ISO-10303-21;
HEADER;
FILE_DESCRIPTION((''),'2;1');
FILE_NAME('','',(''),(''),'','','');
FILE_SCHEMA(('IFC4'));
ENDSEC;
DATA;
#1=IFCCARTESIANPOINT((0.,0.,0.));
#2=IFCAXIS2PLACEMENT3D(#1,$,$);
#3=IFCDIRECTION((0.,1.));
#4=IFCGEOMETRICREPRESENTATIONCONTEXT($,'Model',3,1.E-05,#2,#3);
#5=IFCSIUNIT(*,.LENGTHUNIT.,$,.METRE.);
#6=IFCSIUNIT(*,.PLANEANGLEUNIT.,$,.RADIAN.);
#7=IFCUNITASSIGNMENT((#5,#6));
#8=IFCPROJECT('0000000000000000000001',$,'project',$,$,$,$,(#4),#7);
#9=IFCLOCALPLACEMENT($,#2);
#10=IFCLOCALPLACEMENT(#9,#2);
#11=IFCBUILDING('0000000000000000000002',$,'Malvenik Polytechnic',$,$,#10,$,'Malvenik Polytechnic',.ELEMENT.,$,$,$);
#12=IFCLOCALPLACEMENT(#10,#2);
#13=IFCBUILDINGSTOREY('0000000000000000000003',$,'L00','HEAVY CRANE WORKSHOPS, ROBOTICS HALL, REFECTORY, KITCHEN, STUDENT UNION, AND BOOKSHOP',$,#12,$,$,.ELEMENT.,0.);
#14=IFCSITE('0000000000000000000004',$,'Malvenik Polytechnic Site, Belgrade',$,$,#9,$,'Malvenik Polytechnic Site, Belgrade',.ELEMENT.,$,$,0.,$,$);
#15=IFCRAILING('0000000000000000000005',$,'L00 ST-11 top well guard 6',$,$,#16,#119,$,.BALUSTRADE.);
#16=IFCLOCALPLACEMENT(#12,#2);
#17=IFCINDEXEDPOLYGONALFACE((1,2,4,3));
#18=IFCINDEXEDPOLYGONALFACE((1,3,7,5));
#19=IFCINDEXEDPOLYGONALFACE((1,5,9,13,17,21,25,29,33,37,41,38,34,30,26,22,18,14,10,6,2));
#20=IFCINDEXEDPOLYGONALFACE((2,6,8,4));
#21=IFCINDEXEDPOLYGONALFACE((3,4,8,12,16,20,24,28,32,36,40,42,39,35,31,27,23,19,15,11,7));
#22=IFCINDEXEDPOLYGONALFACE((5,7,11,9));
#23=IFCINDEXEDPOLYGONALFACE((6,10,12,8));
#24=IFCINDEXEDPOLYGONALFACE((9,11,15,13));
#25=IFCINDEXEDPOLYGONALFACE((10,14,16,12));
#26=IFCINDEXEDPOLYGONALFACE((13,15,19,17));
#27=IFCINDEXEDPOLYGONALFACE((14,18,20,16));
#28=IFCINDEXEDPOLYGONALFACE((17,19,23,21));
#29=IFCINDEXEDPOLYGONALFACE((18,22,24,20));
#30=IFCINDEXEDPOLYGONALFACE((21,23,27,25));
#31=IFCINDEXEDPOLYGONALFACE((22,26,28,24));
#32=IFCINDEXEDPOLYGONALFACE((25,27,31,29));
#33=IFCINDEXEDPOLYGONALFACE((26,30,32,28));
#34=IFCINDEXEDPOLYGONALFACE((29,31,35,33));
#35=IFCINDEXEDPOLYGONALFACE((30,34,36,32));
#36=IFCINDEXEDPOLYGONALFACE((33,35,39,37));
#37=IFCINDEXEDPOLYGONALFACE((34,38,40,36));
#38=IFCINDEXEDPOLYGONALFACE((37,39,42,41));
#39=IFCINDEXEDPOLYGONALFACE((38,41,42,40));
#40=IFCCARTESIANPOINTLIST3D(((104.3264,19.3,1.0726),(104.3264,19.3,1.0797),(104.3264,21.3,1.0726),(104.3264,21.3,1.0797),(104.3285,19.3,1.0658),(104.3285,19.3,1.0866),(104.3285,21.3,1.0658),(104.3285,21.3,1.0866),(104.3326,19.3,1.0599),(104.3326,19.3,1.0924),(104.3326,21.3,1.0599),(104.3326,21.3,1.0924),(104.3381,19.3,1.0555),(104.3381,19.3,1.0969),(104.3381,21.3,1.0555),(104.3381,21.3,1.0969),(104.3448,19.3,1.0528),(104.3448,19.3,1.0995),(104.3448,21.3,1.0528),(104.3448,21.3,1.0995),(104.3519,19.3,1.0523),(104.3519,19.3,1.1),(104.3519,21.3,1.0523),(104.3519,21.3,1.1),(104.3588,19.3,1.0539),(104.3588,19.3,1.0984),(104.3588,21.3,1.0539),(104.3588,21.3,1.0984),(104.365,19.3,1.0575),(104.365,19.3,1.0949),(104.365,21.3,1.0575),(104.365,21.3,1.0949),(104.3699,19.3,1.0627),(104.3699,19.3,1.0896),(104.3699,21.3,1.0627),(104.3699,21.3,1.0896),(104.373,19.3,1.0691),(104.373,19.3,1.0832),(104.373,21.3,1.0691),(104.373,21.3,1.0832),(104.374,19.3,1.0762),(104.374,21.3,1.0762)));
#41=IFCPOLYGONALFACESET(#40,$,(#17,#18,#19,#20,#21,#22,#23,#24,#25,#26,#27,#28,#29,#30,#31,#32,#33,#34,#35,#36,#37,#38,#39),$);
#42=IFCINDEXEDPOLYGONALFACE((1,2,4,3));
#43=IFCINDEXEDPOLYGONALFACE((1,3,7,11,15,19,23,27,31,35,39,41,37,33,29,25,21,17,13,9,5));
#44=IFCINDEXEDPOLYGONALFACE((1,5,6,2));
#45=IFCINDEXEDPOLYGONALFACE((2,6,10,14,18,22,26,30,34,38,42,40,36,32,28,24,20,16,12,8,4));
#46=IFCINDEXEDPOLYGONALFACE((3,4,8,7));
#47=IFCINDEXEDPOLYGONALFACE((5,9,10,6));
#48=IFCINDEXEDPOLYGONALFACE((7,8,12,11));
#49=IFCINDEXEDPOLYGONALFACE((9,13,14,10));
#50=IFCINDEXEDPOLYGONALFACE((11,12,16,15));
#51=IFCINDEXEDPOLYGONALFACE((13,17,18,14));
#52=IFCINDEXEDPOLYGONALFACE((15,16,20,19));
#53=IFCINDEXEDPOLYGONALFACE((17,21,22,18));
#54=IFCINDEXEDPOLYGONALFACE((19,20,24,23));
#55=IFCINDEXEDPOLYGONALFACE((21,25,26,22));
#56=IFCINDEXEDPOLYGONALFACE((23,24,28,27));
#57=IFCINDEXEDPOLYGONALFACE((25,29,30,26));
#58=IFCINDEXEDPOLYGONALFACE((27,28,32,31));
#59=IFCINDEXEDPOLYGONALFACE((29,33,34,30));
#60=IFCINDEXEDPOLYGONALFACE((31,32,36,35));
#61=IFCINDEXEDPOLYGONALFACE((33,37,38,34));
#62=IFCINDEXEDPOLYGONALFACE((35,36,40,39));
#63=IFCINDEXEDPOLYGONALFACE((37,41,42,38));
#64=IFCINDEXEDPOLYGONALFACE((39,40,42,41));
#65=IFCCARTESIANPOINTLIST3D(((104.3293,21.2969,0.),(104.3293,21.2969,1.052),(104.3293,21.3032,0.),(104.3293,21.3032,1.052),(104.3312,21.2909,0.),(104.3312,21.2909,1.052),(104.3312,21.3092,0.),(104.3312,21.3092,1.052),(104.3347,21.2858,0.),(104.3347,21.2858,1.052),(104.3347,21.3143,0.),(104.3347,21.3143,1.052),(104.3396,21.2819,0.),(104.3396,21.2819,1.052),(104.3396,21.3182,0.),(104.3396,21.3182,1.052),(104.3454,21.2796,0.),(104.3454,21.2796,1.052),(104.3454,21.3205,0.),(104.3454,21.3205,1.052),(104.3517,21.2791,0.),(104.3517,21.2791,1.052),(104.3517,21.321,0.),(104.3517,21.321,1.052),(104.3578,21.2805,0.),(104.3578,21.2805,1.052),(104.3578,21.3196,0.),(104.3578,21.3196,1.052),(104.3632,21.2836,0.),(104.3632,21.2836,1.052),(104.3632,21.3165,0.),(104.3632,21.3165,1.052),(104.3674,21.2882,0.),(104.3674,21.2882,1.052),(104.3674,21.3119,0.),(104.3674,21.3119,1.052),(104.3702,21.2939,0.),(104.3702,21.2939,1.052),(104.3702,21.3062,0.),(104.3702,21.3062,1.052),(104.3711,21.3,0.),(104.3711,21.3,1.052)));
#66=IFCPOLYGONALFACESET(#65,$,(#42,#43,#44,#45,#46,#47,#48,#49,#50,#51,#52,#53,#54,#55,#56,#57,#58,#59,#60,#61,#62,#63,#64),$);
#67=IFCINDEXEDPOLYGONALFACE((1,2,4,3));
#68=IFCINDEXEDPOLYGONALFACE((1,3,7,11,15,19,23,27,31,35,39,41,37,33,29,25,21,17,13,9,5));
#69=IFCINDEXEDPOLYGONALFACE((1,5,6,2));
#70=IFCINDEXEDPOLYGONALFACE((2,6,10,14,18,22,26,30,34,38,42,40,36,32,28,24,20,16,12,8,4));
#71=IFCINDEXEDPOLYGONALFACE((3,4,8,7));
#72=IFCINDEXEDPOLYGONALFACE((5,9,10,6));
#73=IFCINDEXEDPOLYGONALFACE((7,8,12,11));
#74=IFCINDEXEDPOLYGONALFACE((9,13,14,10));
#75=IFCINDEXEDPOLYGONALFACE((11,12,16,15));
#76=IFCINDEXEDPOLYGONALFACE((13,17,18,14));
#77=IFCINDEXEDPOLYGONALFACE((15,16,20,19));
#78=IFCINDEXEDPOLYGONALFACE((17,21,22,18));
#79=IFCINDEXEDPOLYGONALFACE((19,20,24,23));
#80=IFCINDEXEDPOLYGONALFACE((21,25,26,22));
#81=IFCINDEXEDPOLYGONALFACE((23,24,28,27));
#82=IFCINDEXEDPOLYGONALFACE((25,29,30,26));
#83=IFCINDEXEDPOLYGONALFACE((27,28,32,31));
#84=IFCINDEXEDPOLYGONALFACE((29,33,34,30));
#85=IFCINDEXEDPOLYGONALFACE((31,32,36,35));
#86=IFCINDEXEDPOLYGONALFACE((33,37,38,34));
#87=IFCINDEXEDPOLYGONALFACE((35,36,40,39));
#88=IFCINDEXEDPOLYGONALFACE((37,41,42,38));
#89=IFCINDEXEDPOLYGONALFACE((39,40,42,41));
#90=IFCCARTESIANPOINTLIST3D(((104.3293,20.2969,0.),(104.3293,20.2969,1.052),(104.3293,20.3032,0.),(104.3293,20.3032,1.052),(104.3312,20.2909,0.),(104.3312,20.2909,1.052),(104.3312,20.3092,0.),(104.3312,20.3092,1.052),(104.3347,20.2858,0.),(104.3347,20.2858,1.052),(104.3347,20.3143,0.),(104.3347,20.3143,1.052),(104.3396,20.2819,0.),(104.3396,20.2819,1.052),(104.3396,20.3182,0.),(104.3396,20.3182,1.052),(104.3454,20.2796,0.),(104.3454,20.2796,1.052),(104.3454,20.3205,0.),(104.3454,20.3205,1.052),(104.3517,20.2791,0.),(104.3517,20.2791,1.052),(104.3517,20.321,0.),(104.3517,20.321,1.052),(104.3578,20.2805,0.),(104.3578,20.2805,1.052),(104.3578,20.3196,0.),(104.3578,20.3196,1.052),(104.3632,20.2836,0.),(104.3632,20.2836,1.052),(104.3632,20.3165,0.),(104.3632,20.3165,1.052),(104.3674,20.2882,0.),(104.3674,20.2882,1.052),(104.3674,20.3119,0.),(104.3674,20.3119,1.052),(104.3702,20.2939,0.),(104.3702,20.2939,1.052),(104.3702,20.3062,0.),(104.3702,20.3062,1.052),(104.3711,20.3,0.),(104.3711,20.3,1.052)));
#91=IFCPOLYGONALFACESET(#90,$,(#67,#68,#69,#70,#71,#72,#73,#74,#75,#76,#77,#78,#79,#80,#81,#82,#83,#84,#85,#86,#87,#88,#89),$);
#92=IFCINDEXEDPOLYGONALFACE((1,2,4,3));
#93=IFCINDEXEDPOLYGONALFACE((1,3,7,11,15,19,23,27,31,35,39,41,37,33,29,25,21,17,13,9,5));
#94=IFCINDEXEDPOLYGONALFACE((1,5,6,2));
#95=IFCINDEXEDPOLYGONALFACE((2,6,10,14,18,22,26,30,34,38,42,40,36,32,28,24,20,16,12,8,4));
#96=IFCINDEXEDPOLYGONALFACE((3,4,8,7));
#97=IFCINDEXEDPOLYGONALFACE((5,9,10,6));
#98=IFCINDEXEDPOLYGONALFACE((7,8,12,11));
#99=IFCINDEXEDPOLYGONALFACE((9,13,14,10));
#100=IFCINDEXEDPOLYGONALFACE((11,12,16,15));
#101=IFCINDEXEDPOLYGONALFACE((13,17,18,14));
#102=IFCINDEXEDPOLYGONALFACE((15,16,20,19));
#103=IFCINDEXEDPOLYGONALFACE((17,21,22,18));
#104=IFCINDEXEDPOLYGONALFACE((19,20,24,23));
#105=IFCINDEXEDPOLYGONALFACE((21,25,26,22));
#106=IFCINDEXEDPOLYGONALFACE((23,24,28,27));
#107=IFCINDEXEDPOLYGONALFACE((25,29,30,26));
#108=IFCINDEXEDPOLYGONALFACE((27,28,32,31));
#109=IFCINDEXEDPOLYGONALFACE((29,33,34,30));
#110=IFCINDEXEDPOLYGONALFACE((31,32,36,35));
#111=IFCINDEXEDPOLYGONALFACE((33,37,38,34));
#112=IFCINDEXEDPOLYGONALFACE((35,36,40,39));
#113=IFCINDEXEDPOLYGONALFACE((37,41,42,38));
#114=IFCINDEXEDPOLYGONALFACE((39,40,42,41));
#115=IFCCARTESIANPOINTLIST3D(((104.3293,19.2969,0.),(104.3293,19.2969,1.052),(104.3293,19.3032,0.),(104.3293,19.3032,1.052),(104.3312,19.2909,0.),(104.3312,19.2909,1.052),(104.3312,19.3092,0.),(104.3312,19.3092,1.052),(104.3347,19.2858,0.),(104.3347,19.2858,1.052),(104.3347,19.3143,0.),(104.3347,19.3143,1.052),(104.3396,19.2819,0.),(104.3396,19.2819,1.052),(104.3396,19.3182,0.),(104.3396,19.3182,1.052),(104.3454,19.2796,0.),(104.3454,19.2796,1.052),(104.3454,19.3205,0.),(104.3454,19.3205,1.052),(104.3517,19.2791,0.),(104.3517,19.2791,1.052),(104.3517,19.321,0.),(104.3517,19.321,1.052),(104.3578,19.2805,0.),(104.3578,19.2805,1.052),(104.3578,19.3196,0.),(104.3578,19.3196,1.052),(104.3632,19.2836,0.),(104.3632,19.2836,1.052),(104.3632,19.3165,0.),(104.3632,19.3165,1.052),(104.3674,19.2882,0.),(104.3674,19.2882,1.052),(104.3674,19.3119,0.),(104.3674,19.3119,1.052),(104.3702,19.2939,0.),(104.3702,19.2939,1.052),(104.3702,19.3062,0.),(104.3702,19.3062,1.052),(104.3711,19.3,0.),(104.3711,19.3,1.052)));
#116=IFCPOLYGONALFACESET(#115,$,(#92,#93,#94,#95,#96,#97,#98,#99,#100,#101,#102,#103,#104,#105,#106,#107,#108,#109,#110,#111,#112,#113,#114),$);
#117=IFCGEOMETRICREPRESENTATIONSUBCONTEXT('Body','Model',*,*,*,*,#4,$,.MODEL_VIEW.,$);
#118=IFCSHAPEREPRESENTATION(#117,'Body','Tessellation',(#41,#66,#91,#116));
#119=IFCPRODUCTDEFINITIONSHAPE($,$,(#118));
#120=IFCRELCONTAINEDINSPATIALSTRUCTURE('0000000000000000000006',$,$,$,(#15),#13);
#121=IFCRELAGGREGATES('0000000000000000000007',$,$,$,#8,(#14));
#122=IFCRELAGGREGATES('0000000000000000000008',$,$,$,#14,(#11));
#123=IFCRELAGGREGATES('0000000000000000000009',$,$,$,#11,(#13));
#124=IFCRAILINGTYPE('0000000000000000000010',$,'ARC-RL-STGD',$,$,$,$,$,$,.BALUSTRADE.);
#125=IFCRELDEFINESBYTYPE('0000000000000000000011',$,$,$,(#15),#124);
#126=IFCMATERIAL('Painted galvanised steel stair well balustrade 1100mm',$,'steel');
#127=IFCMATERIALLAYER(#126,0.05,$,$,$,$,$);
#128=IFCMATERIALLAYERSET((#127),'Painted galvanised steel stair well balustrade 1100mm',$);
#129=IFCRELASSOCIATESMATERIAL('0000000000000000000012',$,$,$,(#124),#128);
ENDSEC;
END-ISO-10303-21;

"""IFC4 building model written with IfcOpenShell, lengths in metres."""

from ifc_helpers import new_model, si_unit, direction, frame, origin, origin_2d, place, context, subcontext, project, spatial, circle, extrude, material, layer, layer_set, type_object, element, save


model = new_model("IFC4")

# Units and contexts
model_context = context("Model", 3, precision=1e-05, world=origin(), true_north=direction((0.0, 1.0)))
body_context = subcontext(model_context, "Body", "Model", "MODEL_VIEW")
ifc_project = project(units=[si_unit("LENGTHUNIT", "METRE"), si_unit("PLANEANGLEUNIT", "RADIAN")], contexts=[model_context])

# Site, building, storey
site_placement = place(None, origin())
site = spatial("IfcSite", under=ifc_project, at=site_placement, Name="Malvenik Polytechnic Site, Belgrade", LongName="Malvenik Polytechnic Site, Belgrade", CompositionType="ELEMENT", RefElevation=0.0)
building_placement = place(site_placement, origin())
building = spatial("IfcBuilding", under=site, at=building_placement, Name="Malvenik Polytechnic", LongName="Malvenik Polytechnic", CompositionType="ELEMENT")
storey_placement = place(building_placement, origin())
storey = spatial("IfcBuildingStorey", under=building, at=storey_placement, Name="L00", Description="HEAVY CRANE WORKSHOPS, ROBOTICS HALL, REFECTORY, KITCHEN, STUDENT UNION, AND BOOKSHOP", CompositionType="ELEMENT", Elevation=0.0)

# Railing
ifc_material_1 = material(Name="Painted galvanised steel stair well balustrade 1100mm", Category="steel")
ifc_layer_1 = layer(ifc_material_1, 0.05)
ifc_layer_set_1 = layer_set([ifc_layer_1], Name="Painted galvanised steel stair well balustrade 1100mm")
railing_type_1 = type_object("IfcRailingType", Name="ARC-RL-STGD", PredefinedType="BALUSTRADE", material=ifc_layer_set_1)
railing_1_placement = place(storey_placement, frame((104.3501, 21.3, 0.0)))
element("IfcRailing", 1, at=railing_1_placement, inside=storey, type_object=railing_type_1, Name="L00 ST-11 top well guard 6", PredefinedType="BALUSTRADE", context=body_context, shape_type="SweptSolid", body=[
    extrude(circle(Radius=0.0239, at=origin_2d()), frame((0.0, 0.0, 1.0762), z_axis=(0.0, -1.0, 0.0), x_axis=(1.0, 0.0, 0.0)), (0.0, 0.0, 1.0), 2.0),
    extrude(circle(Radius=0.021, at=origin_2d()), origin(), (0.0, 0.0, 1.0), 1.052),
    extrude(circle(Radius=0.021, at=origin_2d()), frame((0.0, -1.0, 0.0)), (0.0, 0.0, 1.0), 1.052),
    extrude(circle(Radius=0.021, at=origin_2d()), frame((0.0, -2.0, 0.0)), (0.0, 0.0, 1.0), 1.052),
])

save(model, "model.ifc")
